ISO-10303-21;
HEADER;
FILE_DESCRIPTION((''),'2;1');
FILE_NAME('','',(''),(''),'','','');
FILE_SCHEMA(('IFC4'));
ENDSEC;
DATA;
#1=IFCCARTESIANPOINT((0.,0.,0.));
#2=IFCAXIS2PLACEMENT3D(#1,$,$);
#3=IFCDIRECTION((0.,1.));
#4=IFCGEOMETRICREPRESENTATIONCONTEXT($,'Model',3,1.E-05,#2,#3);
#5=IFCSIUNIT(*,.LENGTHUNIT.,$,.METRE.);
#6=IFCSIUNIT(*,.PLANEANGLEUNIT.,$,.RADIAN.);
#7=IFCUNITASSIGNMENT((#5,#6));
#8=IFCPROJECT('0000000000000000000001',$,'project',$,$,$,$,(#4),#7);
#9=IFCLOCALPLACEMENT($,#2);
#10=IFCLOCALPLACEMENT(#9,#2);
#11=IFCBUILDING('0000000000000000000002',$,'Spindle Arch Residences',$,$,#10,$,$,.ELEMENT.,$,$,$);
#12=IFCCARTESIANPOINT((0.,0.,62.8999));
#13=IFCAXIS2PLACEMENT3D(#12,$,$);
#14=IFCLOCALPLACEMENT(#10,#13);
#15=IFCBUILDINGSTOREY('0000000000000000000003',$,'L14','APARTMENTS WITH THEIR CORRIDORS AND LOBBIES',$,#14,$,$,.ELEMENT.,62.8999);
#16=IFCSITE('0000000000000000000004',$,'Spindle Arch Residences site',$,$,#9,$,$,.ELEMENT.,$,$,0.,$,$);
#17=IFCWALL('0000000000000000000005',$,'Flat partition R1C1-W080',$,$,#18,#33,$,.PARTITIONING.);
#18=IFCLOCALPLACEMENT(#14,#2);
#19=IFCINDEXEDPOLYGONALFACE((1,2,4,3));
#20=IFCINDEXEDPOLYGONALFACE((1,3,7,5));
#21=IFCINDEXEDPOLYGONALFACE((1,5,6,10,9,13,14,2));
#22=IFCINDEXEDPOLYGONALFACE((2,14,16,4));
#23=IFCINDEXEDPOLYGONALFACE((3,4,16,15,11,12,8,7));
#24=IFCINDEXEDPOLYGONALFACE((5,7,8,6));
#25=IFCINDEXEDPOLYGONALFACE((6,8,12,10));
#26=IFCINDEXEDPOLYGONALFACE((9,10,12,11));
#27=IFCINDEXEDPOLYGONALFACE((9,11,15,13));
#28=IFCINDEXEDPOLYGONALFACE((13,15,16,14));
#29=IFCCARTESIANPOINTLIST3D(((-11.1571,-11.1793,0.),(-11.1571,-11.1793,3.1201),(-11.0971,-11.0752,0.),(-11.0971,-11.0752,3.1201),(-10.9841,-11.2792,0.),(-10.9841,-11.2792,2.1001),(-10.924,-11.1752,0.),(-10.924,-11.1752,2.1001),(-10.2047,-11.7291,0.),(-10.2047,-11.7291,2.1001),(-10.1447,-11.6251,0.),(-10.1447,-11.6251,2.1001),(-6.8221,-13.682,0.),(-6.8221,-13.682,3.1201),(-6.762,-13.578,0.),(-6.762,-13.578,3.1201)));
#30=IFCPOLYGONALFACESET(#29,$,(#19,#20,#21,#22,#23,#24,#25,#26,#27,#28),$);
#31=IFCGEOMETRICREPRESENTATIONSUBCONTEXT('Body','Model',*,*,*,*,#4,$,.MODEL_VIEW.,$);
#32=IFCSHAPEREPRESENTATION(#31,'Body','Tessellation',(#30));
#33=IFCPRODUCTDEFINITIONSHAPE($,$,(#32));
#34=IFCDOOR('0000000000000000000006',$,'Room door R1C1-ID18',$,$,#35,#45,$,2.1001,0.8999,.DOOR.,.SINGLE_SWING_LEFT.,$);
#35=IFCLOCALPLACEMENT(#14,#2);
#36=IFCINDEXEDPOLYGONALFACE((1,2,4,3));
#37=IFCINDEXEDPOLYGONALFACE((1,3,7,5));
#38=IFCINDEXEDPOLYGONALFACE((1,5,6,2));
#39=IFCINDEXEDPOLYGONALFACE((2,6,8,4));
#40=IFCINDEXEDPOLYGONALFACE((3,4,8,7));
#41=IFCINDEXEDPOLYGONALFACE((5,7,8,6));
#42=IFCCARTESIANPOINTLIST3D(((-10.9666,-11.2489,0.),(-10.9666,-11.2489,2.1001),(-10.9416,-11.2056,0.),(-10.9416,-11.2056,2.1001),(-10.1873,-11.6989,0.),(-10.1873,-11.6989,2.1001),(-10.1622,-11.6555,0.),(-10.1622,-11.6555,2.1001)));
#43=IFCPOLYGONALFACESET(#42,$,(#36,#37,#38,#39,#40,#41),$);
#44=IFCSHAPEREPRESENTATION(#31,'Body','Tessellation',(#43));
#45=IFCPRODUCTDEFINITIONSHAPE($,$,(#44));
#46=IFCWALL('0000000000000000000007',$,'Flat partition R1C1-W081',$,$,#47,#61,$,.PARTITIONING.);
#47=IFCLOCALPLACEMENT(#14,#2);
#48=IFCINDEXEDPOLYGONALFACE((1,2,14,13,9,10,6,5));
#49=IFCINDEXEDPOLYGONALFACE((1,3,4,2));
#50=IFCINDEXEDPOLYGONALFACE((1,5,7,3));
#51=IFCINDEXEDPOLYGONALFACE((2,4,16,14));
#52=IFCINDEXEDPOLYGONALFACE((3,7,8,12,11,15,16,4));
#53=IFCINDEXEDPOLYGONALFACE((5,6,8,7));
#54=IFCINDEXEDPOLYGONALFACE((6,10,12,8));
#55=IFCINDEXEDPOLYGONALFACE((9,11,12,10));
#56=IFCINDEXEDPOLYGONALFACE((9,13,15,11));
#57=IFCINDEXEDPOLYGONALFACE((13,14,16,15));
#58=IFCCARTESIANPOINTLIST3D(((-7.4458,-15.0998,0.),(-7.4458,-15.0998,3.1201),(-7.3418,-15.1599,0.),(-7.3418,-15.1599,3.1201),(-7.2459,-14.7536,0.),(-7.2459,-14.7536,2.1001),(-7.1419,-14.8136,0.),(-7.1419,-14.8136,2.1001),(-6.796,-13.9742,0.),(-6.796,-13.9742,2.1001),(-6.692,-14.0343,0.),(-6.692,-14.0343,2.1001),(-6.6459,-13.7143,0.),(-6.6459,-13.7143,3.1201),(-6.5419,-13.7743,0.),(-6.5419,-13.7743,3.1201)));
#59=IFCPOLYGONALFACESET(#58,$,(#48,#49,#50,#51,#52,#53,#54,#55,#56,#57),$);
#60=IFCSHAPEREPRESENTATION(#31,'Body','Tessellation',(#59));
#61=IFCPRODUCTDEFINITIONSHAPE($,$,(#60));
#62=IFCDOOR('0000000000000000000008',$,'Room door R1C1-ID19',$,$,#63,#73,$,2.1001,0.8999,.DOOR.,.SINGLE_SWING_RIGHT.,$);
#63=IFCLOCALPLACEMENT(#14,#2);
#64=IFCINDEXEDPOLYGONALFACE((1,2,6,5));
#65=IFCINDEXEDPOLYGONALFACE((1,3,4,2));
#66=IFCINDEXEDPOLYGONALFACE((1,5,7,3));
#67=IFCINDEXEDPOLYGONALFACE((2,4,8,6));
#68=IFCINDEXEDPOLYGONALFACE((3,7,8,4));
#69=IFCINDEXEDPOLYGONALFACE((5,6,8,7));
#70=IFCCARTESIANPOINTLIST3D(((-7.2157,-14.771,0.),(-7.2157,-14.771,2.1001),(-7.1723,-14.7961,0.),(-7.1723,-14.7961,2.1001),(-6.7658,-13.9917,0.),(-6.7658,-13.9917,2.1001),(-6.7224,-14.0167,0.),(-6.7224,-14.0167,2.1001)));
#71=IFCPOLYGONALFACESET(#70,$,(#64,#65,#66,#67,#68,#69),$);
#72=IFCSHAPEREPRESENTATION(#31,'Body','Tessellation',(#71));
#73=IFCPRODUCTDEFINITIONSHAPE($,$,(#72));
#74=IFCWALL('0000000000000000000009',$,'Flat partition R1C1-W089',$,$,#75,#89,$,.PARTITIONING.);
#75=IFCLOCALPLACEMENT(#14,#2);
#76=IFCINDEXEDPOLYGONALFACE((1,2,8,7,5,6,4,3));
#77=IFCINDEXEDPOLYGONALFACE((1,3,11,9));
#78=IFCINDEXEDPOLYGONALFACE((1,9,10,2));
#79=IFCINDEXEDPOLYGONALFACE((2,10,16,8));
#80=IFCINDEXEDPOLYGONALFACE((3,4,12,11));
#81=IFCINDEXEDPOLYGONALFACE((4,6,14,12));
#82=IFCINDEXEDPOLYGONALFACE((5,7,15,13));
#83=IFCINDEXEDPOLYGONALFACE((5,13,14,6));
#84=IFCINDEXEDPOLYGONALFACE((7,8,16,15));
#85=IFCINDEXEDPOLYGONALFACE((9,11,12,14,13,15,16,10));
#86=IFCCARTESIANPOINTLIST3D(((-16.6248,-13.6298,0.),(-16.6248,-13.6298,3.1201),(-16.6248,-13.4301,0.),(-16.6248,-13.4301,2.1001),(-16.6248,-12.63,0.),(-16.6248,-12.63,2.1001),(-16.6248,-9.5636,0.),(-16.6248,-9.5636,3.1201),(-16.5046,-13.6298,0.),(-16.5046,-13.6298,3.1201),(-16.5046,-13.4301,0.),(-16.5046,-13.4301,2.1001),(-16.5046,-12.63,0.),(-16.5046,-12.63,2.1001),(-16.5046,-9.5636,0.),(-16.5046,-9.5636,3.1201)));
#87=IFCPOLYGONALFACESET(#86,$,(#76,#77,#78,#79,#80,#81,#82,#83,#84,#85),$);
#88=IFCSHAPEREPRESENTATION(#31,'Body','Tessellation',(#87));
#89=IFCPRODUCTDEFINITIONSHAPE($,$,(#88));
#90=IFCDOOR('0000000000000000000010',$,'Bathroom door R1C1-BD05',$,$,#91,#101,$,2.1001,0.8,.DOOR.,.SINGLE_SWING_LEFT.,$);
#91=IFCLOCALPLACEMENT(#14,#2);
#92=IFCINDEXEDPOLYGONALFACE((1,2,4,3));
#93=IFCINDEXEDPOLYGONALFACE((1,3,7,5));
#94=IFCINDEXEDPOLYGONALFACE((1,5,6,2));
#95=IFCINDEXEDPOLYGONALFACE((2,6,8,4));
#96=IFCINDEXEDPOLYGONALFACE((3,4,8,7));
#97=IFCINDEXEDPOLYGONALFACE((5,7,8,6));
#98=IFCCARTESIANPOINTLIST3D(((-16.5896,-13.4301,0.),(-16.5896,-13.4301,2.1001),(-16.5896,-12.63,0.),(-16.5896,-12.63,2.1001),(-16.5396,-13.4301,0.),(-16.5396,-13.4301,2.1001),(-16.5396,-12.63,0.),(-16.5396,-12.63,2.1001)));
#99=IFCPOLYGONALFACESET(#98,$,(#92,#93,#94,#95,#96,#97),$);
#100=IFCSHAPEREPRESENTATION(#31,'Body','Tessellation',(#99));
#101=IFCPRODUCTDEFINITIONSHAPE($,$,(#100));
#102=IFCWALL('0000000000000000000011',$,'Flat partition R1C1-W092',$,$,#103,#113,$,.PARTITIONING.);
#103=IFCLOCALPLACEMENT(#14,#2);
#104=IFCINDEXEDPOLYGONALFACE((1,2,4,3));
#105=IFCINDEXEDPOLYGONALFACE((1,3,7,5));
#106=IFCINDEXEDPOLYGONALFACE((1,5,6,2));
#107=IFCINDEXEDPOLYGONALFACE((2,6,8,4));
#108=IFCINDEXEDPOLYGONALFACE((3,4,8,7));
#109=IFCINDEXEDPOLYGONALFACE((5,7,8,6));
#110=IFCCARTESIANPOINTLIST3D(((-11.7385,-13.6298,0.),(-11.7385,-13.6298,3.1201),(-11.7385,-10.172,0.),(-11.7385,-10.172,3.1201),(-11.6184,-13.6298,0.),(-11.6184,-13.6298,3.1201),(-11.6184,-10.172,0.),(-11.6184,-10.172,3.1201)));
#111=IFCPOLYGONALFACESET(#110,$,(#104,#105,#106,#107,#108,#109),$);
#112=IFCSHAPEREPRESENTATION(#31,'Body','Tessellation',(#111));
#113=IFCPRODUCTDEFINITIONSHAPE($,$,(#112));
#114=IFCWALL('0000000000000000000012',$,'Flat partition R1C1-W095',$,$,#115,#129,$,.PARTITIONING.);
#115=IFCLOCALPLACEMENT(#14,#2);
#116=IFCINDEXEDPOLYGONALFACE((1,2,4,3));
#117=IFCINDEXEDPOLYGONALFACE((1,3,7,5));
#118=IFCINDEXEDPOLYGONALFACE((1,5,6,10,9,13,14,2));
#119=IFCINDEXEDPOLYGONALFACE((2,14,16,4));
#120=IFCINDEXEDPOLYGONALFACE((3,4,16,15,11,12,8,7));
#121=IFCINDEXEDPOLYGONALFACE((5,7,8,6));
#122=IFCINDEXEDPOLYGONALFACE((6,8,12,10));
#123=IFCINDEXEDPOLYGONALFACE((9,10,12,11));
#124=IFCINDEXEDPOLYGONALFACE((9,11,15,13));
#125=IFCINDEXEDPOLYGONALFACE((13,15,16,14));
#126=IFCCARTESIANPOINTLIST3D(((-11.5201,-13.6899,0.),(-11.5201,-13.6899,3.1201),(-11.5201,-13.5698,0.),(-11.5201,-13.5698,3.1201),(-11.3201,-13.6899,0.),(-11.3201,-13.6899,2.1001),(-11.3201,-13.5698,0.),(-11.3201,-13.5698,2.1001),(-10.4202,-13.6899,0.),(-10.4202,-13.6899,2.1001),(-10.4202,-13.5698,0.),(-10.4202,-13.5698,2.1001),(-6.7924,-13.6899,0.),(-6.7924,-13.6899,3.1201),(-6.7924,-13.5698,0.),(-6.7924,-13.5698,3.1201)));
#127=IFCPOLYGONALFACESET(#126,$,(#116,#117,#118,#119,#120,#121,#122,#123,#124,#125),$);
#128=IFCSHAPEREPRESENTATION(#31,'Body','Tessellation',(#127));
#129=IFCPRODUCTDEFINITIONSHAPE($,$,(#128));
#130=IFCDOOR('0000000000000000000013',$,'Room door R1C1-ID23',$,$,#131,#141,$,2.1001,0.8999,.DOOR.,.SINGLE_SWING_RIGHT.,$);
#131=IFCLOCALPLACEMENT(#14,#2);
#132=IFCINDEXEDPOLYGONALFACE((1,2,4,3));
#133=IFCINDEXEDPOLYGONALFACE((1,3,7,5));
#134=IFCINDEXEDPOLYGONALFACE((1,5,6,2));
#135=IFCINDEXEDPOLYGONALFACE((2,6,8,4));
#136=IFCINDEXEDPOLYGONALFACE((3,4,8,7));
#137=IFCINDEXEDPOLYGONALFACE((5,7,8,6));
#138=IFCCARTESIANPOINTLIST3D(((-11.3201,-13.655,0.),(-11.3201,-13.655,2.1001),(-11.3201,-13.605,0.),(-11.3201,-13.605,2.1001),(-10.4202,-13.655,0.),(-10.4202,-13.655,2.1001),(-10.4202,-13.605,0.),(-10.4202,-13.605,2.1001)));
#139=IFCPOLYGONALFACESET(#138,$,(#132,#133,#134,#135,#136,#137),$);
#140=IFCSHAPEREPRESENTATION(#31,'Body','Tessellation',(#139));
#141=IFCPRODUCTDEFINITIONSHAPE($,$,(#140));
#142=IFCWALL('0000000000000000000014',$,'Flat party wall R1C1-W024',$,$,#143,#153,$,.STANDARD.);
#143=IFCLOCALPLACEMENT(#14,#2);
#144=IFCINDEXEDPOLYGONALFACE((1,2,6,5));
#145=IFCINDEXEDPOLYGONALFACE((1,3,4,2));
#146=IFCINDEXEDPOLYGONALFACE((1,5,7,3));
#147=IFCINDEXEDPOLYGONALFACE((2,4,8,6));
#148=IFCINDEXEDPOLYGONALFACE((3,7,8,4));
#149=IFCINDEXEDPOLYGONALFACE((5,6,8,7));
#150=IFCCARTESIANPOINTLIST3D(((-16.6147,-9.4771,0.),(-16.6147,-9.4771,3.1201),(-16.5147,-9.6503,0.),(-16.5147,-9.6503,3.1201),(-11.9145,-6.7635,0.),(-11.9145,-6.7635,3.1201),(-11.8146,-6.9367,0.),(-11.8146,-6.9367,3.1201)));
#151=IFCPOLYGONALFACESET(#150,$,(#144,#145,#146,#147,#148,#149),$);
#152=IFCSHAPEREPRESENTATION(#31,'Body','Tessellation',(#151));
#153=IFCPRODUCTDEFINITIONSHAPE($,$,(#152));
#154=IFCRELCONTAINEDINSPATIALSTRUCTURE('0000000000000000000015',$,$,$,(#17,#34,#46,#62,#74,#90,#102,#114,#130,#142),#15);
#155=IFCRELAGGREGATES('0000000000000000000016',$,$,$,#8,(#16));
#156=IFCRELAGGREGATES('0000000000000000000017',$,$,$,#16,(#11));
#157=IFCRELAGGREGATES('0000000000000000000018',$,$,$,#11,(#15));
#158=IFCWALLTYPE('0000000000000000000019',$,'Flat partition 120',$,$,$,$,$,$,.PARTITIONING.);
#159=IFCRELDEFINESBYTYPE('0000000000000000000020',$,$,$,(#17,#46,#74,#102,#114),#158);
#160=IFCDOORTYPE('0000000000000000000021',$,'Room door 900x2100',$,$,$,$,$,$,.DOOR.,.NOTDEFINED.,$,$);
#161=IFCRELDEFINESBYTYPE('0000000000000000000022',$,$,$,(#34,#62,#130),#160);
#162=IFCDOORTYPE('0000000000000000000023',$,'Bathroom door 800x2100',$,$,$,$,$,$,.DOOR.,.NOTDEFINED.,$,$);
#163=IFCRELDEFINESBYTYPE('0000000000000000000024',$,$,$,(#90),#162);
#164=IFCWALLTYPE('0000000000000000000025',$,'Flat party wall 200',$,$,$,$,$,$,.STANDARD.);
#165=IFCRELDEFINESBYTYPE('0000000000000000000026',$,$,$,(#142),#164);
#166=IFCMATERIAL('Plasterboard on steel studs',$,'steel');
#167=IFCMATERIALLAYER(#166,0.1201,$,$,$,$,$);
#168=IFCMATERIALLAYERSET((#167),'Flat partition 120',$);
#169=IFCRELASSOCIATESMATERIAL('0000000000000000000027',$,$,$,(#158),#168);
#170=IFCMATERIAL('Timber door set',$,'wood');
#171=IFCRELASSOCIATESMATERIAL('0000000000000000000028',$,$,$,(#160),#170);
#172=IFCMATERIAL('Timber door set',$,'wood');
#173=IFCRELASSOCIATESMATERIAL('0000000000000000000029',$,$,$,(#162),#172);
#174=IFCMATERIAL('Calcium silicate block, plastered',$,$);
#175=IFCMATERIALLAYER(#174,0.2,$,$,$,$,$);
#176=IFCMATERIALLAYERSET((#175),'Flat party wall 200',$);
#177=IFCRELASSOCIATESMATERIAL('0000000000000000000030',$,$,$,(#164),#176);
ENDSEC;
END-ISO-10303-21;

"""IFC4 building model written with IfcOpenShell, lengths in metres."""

from ifc_helpers import new_model, si_unit, direction, frame, frame_2d, origin, place, context, subcontext, project, spatial, rectangle, extrude, material, layer, layer_set, type_object, element, fill, save


model = new_model("IFC4")

# Units and contexts
model_context = context("Model", 3, precision=1e-05, world=origin(), true_north=direction((0.0, 1.0)))
body_context = subcontext(model_context, "Body", "Model", "MODEL_VIEW")
ifc_project = project(units=[si_unit("LENGTHUNIT", "METRE"), si_unit("PLANEANGLEUNIT", "RADIAN")], contexts=[model_context])

# Site, building, storey
site_placement = place(None, origin())
site = spatial("IfcSite", under=ifc_project, at=site_placement, Name="Spindle Arch Residences site", CompositionType="ELEMENT", RefElevation=0.0)
building_placement = place(site_placement, origin())
building = spatial("IfcBuilding", under=site, at=building_placement, Name="Spindle Arch Residences", CompositionType="ELEMENT")
storey_placement = place(building_placement, frame((0.0, 0.0, 62.8999)))
storey = spatial("IfcBuildingStorey", under=building, at=storey_placement, Name="L14", Description="APARTMENTS WITH THEIR CORRIDORS AND LOBBIES", CompositionType="ELEMENT", Elevation=62.8999)

# Walls, openings, doors
ifc_material_1 = material(Name="Plasterboard on steel studs", Category="steel")
ifc_layer_1 = layer(ifc_material_1, 0.1201)
ifc_layer_set_1 = layer_set([ifc_layer_1], Name="Flat partition 120")
wall_type_1 = type_object("IfcWallType", Name="Flat partition 120", PredefinedType="PARTITIONING", material=ifc_layer_set_1)
ifc_material_2 = material(Name="Timber door set", Category="wood")
door_type_1 = type_object("IfcDoorType", Name="Room door 900x2100", OperationType="NOTDEFINED", PredefinedType="DOOR", material=ifc_material_2)
wall_1_placement = place(storey_placement, frame((-11.1272, -11.1272, 0.0), z_axis=(0.0, 0.0, 1.0), x_axis=(0.866035, -0.499984, 0.0)))
wall_1 = element("IfcWall", 1, at=wall_1_placement, inside=storey, type_object=wall_type_1, Name="Flat partition R1C1-W080", PredefinedType="PARTITIONING", context=body_context, shape_type="SweptSolid", body=[
    extrude(rectangle(XDim=5.0056, YDim=0.1201, at=frame_2d((2.5029, 0.0))), origin(), (0.0, 0.0, 1.0), 3.1201),
])
opening_1_placement = place(wall_1_placement, frame((0.2, 0.0, 0.0)))
opening_1 = element("IfcOpeningElement", 2, at=opening_1_placement, cuts=wall_1, PredefinedType="OPENING", context=body_context, shape_type="SweptSolid", body=[
    extrude(rectangle(XDim=0.8999, YDim=2.1001, at=frame_2d((0.45, 1.05))), frame((0.0, 0.0701, 0.0), z_axis=(0.0, -1.0, 0.0), x_axis=(1.0, 0.0, 0.0)), (0.0, 0.0, 1.0), 0.1401),
])
door_1_placement = place(opening_1_placement, origin())
door_1 = element("IfcDoor", 3, at=door_1_placement, inside=storey, type_object=door_type_1, Name="Room door R1C1-ID18", OperationType="SINGLE_SWING_LEFT", OverallHeight=2.1001, OverallWidth=0.8999, PredefinedType="DOOR", context=body_context, shape_type="SweptSolid", body=[
    extrude(rectangle(XDim=0.8999, YDim=2.1001, at=frame_2d((0.45, 1.05))), frame((0.0, 0.0249, 0.0), z_axis=(0.0, -1.0, 0.0), x_axis=(1.0, 0.0, 0.0)), (0.0, 0.0, 1.0), 0.05),
])
fill(opening_1, door_1)
wall_2_placement = place(storey_placement, frame((-6.594, -13.7444, 0.0), z_axis=(0.0, 0.0, 1.0), x_axis=(-0.499947, -0.866056, 0.0)))
wall_2 = element("IfcWall", 4, at=wall_2_placement, inside=storey, type_object=wall_type_1, Name="Flat partition R1C1-W081", PredefinedType="PARTITIONING", context=body_context, shape_type="SweptSolid", body=[
    extrude(rectangle(XDim=1.5999, YDim=0.1201, at=frame_2d((0.7998, 0.0))), origin(), (0.0, 0.0, 1.0), 3.1201),
])
opening_2_placement = place(wall_2_placement, frame((0.3, 0.0, 0.0)))
opening_2 = element("IfcOpeningElement", 5, at=opening_2_placement, cuts=wall_2, PredefinedType="OPENING", context=body_context, shape_type="SweptSolid", body=[
    extrude(rectangle(XDim=0.8999, YDim=2.1001, at=frame_2d((0.45, 1.05))), frame((0.0, 0.0701, 0.0), z_axis=(0.0, -1.0, 0.0), x_axis=(1.0, 0.0, 0.0)), (0.0, 0.0, 1.0), 0.1401),
])
door_2_placement = place(opening_2_placement, origin())
door_2 = element("IfcDoor", 6, at=door_2_placement, inside=storey, type_object=door_type_1, Name="Room door R1C1-ID19", OperationType="SINGLE_SWING_RIGHT", OverallHeight=2.1001, OverallWidth=0.8999, PredefinedType="DOOR", context=body_context, shape_type="SweptSolid", body=[
    extrude(rectangle(XDim=0.8999, YDim=2.1001, at=frame_2d((0.45, 1.05))), frame((0.0, 0.0249, 0.0), z_axis=(0.0, -1.0, 0.0), x_axis=(1.0, 0.0, 0.0)), (0.0, 0.0, 1.0), 0.05),
])
fill(opening_2, door_2)
wall_3_placement = place(storey_placement, frame((-16.5647, -13.6299, 0.0), z_axis=(0.0, 0.0, 1.0), x_axis=(0.0, 1.0, 0.0)))
wall_3 = element("IfcWall", 7, at=wall_3_placement, inside=storey, type_object=wall_type_1, Name="Flat partition R1C1-W089", PredefinedType="PARTITIONING", context=body_context, shape_type="SweptSolid", body=[
    extrude(rectangle(XDim=4.0662, YDim=0.1201, at=frame_2d((2.0332, 0.0))), origin(), (0.0, 0.0, 1.0), 3.1201),
])
opening_3_placement = place(wall_3_placement, frame((0.2, 0.0, 0.0)))
opening_3 = element("IfcOpeningElement", 8, at=opening_3_placement, cuts=wall_3, PredefinedType="OPENING", context=body_context, shape_type="SweptSolid", body=[
    extrude(rectangle(XDim=0.8, YDim=2.1001, at=frame_2d((0.3999, 1.05))), frame((0.0, 0.0701, 0.0), z_axis=(0.0, -1.0, 0.0), x_axis=(1.0, 0.0, 0.0)), (0.0, 0.0, 1.0), 0.1401),
])
ifc_material_3 = material(Name="Timber door set", Category="wood")
door_type_2 = type_object("IfcDoorType", Name="Bathroom door 800x2100", OperationType="NOTDEFINED", PredefinedType="DOOR", material=ifc_material_3)
door_3_placement = place(opening_3_placement, origin())
door_3 = element("IfcDoor", 9, at=door_3_placement, inside=storey, type_object=door_type_2, Name="Bathroom door R1C1-BD05", OperationType="SINGLE_SWING_LEFT", OverallHeight=2.1001, OverallWidth=0.8, PredefinedType="DOOR", context=body_context, shape_type="SweptSolid", body=[
    extrude(rectangle(XDim=0.8, YDim=2.1001, at=frame_2d((0.3999, 1.05))), frame((0.0, 0.0249, 0.0), z_axis=(0.0, -1.0, 0.0), x_axis=(1.0, 0.0, 0.0)), (0.0, 0.0, 1.0), 0.05),
])
fill(opening_3, door_3)

# Wall
wall_4_placement = place(storey_placement, frame((-11.6785, -13.6299, 0.0), z_axis=(0.0, 0.0, 1.0), x_axis=(0.0, 1.0, 0.0)))
element("IfcWall", 10, at=wall_4_placement, inside=storey, type_object=wall_type_1, Name="Flat partition R1C1-W092", PredefinedType="PARTITIONING", context=body_context, shape_type="SweptSolid", body=[
    extrude(rectangle(XDim=3.4578, YDim=0.1201, at=frame_2d((1.729, 0.0))), origin(), (0.0, 0.0, 1.0), 3.1201),
])

# Wall, opening, door
wall_5_placement = place(storey_placement, frame((-11.52, -13.6299, 0.0), z_axis=(0.0, 0.0, 1.0), x_axis=(1.0, 0.0, 0.0)))
wall_5 = element("IfcWall", 11, at=wall_5_placement, inside=storey, type_object=wall_type_1, Name="Flat partition R1C1-W095", PredefinedType="PARTITIONING", context=body_context, shape_type="SweptSolid", body=[
    extrude(rectangle(XDim=4.7278, YDim=0.1201, at=frame_2d((2.3638, 0.0))), origin(), (0.0, 0.0, 1.0), 3.1201),
])
opening_4_placement = place(wall_5_placement, frame((0.2, 0.0, 0.0)))
opening_4 = element("IfcOpeningElement", 12, at=opening_4_placement, cuts=wall_5, PredefinedType="OPENING", context=body_context, shape_type="SweptSolid", body=[
    extrude(rectangle(XDim=0.8999, YDim=2.1001, at=frame_2d((0.45, 1.05))), frame((0.0, 0.0701, 0.0), z_axis=(0.0, -1.0, 0.0), x_axis=(1.0, 0.0, 0.0)), (0.0, 0.0, 1.0), 0.1401),
])
door_4_placement = place(opening_4_placement, origin())
door_4 = element("IfcDoor", 13, at=door_4_placement, inside=storey, type_object=door_type_1, Name="Room door R1C1-ID23", OperationType="SINGLE_SWING_RIGHT", OverallHeight=2.1001, OverallWidth=0.8999, PredefinedType="DOOR", context=body_context, shape_type="SweptSolid", body=[
    extrude(rectangle(XDim=0.8999, YDim=2.1001, at=frame_2d((0.45, 1.05))), frame((0.0, 0.0249, 0.0), z_axis=(0.0, -1.0, 0.0), x_axis=(1.0, 0.0, 0.0)), (0.0, 0.0, 1.0), 0.05),
])
fill(opening_4, door_4)

# Wall
ifc_material_4 = material(Name="Calcium silicate block, plastered")
ifc_layer_2 = layer(ifc_material_4, 0.2)
ifc_layer_set_2 = layer_set([ifc_layer_2], Name="Flat party wall 200")
wall_type_2 = type_object("IfcWallType", Name="Flat party wall 200", PredefinedType="STANDARD", material=ifc_layer_set_2)
wall_6_placement = place(storey_placement, frame((-16.5647, -9.5637, 0.0), z_axis=(0.0, 0.0, 1.0), x_axis=(0.866028, 0.499995, 0.0)))
element("IfcWall", 14, at=wall_6_placement, inside=storey, type_object=wall_type_2, Name="Flat party wall R1C1-W024", PredefinedType="STANDARD", context=body_context, shape_type="SweptSolid", body=[
    extrude(rectangle(XDim=5.4272, YDim=0.2, at=frame_2d((2.7136, 0.0))), origin(), (0.0, 0.0, 1.0), 3.1201),
])

save(model, "model.ifc")
